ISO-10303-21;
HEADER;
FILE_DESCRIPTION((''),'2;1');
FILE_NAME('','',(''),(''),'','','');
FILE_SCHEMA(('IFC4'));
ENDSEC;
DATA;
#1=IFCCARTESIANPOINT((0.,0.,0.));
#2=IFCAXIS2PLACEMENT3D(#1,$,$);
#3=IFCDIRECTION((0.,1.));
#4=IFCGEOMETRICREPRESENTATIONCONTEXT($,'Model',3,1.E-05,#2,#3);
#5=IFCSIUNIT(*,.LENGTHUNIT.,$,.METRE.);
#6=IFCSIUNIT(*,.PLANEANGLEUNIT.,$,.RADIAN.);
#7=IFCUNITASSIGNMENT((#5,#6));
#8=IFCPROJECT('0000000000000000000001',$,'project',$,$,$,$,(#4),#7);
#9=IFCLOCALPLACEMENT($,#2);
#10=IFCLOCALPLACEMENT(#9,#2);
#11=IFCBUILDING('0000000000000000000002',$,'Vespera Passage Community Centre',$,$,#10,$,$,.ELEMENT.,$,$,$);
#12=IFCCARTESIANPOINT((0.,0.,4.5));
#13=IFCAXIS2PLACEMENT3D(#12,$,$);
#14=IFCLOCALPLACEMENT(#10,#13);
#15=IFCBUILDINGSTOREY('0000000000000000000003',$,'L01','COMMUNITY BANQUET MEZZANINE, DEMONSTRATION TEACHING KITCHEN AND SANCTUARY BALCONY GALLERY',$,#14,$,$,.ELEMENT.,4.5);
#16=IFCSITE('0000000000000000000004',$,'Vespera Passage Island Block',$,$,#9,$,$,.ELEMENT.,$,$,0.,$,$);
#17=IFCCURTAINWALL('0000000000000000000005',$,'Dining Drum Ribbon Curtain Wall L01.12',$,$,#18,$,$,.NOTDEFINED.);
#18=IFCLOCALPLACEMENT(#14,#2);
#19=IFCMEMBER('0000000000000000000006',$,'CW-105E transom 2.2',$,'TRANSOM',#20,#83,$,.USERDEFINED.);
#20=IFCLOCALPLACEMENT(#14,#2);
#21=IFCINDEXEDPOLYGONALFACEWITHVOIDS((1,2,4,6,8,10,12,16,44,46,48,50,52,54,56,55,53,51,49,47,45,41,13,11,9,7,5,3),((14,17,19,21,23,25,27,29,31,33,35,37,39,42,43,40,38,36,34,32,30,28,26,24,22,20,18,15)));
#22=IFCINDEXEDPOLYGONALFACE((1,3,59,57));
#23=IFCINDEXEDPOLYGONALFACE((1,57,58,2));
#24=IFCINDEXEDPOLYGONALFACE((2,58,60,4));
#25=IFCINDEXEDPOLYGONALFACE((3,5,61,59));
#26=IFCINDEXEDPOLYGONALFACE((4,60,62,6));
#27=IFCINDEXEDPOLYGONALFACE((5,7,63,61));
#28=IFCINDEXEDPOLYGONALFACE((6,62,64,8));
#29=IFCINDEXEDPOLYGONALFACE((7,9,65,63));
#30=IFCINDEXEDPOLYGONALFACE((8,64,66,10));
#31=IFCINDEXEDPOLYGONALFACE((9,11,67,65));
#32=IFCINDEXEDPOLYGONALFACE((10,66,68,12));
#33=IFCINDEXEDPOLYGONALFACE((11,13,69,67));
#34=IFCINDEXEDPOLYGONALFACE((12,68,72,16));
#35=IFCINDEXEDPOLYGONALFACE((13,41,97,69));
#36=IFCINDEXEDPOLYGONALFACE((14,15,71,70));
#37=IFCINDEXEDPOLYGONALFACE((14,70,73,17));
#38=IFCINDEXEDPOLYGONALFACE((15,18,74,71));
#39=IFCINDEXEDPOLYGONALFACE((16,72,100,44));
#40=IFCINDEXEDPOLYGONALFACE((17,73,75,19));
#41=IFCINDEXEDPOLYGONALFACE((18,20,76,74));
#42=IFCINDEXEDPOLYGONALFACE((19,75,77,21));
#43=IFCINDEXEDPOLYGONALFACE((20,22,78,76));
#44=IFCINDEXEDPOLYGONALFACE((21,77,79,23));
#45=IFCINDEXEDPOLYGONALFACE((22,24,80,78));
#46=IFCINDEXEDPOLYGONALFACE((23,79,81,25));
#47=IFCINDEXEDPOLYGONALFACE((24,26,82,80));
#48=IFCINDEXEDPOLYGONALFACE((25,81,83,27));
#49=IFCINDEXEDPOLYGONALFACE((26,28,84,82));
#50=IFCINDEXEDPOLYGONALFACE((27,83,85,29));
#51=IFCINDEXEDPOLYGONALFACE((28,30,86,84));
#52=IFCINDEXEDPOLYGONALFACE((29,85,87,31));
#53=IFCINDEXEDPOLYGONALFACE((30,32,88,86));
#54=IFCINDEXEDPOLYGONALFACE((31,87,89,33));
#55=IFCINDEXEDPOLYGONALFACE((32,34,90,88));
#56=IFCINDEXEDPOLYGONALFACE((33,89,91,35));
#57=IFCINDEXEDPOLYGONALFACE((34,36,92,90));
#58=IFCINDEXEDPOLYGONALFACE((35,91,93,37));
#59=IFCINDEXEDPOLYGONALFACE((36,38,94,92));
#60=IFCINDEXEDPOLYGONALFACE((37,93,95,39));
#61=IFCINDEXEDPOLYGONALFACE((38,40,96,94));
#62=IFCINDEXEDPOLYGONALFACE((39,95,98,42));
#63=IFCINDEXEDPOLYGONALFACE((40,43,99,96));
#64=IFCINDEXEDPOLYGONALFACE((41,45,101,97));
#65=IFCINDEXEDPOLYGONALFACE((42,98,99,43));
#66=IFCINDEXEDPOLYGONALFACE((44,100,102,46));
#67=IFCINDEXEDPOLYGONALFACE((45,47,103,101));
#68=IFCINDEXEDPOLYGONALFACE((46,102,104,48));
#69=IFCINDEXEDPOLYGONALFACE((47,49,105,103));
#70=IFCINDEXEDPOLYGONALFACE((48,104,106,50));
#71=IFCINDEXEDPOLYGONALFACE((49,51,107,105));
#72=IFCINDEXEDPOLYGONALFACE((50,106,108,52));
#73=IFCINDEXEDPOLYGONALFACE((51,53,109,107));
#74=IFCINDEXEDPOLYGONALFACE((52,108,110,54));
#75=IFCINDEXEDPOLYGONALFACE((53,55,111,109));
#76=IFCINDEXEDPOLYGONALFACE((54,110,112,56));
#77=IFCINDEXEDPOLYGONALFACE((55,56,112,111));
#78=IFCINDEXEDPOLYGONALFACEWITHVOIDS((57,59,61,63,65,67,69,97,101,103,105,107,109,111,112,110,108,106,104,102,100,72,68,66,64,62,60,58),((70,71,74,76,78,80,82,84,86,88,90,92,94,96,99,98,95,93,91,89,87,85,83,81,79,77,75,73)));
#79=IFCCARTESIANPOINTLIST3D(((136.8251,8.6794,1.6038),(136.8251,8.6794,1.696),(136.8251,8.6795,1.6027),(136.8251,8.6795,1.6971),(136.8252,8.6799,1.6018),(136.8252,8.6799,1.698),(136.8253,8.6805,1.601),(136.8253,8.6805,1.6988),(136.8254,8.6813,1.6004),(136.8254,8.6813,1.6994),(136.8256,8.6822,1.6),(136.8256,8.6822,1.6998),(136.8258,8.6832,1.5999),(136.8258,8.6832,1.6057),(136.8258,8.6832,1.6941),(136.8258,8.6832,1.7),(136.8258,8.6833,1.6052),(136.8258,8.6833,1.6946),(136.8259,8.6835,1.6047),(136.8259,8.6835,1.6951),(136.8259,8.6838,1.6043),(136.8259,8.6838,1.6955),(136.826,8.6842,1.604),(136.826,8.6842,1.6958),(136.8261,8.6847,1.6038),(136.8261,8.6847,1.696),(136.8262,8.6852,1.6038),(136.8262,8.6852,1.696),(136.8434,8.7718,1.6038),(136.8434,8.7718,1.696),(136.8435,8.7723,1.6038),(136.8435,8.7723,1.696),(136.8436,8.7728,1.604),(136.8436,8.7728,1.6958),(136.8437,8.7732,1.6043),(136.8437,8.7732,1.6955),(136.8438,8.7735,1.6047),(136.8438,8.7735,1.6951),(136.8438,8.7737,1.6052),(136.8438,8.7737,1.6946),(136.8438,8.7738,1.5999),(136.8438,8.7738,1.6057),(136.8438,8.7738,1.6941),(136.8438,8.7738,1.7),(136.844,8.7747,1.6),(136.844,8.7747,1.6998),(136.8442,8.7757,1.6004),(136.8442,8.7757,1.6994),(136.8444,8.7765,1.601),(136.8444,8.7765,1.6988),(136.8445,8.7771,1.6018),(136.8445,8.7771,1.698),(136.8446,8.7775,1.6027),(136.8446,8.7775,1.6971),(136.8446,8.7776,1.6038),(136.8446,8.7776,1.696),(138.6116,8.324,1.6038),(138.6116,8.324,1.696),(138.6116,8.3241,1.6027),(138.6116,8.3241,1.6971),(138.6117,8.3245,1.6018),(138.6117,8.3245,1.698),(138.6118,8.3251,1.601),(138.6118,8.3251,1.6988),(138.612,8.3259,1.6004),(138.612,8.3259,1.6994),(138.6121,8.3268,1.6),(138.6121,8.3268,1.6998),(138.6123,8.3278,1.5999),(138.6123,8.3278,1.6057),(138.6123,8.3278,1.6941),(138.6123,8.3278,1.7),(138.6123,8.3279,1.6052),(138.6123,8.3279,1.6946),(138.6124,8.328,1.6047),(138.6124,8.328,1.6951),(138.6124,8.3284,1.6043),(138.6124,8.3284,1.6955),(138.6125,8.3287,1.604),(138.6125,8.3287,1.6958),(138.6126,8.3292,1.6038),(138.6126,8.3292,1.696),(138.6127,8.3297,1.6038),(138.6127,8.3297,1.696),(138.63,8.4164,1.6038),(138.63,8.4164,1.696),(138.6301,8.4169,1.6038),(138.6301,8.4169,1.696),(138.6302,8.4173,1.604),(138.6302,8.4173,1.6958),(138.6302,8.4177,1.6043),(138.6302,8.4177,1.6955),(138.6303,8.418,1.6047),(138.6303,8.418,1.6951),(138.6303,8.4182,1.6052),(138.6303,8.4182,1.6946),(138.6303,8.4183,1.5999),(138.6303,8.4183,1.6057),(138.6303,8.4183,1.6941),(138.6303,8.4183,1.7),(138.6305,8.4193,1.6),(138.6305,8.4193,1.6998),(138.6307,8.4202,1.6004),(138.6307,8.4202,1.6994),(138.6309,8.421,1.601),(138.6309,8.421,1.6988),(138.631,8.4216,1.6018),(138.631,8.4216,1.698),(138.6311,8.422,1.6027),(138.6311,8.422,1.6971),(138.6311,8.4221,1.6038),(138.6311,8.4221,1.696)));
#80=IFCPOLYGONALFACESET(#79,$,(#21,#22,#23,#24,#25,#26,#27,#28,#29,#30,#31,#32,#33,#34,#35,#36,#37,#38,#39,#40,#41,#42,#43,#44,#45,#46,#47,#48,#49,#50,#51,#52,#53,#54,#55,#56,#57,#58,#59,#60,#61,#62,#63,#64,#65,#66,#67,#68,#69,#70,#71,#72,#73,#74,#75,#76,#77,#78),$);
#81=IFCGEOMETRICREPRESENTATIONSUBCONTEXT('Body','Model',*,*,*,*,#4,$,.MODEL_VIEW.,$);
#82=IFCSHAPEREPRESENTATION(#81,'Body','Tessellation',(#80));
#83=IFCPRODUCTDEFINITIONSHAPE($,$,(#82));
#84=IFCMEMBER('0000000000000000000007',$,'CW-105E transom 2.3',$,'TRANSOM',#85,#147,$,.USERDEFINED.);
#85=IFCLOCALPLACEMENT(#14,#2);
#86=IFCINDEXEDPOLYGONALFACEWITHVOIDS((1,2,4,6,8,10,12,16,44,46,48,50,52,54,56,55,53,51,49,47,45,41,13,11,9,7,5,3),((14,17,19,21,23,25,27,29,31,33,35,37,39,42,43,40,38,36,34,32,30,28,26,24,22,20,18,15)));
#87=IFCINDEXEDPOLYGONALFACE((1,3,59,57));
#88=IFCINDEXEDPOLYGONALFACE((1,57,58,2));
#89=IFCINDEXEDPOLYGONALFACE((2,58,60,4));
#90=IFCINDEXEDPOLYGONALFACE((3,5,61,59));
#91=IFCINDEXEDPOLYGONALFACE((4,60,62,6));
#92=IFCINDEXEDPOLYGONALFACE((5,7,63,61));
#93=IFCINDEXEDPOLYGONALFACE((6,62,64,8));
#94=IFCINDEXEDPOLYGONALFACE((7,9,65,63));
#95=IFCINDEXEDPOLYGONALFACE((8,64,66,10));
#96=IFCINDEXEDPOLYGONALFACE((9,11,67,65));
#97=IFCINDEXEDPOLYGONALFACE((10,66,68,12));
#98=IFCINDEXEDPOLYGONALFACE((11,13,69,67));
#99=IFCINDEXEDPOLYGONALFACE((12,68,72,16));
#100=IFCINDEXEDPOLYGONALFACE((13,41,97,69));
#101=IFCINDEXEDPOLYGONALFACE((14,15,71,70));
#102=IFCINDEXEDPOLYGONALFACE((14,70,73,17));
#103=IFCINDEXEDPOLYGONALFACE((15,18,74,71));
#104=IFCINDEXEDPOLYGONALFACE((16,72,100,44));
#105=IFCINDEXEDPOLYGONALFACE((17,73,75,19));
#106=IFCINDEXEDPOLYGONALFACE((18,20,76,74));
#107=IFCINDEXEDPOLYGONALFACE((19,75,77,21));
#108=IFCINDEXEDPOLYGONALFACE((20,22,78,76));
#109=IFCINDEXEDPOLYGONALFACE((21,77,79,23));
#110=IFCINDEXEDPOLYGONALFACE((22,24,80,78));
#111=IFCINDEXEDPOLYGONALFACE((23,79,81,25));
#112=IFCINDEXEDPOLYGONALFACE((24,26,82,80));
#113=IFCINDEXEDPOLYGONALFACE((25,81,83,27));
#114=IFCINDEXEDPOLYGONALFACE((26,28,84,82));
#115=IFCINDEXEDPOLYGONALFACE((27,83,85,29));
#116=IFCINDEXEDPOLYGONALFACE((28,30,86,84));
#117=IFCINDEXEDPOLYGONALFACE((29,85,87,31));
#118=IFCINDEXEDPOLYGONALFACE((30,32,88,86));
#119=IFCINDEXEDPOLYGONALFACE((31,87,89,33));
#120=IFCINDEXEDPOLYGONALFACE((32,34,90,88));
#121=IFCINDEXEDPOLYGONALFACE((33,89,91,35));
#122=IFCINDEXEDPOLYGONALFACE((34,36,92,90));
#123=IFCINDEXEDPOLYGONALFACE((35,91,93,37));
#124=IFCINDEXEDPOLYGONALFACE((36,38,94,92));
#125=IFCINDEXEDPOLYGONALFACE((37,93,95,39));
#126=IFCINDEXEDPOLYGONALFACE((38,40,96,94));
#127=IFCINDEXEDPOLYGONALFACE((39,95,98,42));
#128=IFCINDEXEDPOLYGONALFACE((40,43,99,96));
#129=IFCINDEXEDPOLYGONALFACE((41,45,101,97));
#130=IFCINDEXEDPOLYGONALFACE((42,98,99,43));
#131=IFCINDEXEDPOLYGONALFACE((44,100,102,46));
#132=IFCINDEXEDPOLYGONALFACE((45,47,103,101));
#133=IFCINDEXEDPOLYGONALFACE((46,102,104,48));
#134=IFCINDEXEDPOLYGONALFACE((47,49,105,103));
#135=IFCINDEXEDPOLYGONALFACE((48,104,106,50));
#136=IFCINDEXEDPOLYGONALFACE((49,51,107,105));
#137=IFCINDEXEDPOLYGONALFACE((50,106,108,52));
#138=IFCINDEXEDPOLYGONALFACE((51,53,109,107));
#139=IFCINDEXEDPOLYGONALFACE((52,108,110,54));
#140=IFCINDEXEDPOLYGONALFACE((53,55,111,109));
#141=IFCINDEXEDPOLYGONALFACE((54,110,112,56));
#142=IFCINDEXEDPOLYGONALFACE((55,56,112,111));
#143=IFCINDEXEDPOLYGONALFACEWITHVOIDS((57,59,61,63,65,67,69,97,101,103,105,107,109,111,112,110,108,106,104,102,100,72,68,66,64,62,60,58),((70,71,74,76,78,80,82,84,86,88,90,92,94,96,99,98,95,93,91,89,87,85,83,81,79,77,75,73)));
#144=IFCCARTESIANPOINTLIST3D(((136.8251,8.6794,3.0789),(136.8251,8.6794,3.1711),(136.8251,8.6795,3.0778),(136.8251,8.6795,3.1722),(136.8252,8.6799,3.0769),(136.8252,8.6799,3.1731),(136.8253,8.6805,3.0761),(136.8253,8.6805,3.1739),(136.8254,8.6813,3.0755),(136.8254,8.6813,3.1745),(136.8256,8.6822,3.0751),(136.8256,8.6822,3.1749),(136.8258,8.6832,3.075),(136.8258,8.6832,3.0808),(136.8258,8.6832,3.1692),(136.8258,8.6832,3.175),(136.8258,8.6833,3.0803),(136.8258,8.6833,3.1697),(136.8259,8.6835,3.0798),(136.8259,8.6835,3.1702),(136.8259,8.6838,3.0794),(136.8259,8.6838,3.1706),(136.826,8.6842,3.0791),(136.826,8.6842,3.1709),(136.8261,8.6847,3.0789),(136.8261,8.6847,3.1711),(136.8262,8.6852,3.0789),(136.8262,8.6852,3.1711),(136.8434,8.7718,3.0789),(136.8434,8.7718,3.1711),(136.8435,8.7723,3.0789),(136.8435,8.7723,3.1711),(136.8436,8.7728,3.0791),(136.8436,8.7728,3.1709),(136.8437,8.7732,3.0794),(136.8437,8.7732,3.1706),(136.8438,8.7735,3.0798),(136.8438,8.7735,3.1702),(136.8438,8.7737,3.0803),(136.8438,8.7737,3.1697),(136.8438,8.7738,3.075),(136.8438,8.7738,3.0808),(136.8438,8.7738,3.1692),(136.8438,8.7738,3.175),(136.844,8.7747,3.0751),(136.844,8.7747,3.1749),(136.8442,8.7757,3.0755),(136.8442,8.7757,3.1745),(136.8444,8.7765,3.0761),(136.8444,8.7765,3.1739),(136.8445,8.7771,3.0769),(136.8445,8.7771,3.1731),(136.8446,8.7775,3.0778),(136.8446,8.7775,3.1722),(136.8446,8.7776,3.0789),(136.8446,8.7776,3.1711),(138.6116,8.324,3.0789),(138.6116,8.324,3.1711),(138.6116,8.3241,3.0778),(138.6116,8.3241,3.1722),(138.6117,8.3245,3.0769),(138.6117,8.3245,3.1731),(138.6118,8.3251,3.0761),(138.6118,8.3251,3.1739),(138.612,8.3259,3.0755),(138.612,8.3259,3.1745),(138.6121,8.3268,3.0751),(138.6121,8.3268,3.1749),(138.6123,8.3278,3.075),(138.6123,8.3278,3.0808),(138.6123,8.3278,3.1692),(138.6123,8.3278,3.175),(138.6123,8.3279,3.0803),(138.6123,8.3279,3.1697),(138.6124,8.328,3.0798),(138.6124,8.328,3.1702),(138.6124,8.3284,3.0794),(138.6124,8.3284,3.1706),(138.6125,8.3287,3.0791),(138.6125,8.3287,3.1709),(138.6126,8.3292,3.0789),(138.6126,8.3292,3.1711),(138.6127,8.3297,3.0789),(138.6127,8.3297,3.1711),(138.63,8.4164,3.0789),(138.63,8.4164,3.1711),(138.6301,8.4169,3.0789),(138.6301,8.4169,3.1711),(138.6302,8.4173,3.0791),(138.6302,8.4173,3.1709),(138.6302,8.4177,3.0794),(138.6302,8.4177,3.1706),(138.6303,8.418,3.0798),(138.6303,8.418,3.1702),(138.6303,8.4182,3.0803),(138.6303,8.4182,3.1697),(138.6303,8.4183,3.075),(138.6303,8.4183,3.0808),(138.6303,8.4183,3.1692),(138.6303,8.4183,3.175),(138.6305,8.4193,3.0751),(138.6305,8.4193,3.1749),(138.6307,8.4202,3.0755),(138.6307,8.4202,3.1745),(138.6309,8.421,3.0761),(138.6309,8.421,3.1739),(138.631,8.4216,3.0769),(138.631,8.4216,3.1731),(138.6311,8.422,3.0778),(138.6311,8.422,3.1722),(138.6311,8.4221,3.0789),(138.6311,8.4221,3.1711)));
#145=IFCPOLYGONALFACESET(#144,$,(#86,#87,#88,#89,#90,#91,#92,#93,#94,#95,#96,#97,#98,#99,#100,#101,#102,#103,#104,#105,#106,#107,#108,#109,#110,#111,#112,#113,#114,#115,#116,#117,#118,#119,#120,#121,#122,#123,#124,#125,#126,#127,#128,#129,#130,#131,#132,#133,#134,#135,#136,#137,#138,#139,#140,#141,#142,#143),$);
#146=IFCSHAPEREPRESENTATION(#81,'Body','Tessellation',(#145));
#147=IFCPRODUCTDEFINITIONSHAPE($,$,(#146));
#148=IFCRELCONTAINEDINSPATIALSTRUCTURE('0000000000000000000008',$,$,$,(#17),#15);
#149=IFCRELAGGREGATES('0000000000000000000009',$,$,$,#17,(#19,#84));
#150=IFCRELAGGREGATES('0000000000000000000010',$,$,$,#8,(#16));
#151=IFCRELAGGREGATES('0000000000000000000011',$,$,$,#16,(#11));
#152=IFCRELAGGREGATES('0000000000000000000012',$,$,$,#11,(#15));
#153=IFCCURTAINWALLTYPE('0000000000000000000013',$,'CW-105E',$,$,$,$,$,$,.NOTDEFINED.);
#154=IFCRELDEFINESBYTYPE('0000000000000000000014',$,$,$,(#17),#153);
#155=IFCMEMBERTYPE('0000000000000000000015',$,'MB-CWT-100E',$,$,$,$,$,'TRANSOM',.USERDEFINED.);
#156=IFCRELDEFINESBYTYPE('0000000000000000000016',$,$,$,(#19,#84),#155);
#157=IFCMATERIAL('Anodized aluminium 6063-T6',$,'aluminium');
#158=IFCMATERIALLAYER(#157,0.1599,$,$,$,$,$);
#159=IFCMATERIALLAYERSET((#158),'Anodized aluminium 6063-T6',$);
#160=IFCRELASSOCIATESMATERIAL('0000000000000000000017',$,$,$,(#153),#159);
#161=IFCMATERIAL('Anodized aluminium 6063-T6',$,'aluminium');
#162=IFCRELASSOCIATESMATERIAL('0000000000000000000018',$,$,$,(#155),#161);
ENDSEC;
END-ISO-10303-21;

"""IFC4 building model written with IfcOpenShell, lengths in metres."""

from ifc_helpers import new_model, si_unit, direction, frame, origin, origin_2d, place, context, subcontext, project, spatial, hollow_rectangle, extrude, material, layer, layer_set, material_profile, profile_set, type_object, element, aggregate, save


model = new_model("IFC4")

# Units and contexts
model_context = context("Model", 3, precision=1e-05, world=origin(), true_north=direction((0.0, 1.0)))
body_context = subcontext(model_context, "Body", "Model", "MODEL_VIEW")
ifc_project = project(units=[si_unit("LENGTHUNIT", "METRE"), si_unit("PLANEANGLEUNIT", "RADIAN")], contexts=[model_context])

# Site, building, storey
site_placement = place(None, origin())
site = spatial("IfcSite", under=ifc_project, at=site_placement, Name="Vespera Passage Island Block", CompositionType="ELEMENT", RefElevation=0.0)
building_placement = place(site_placement, origin())
building = spatial("IfcBuilding", under=site, at=building_placement, Name="Vespera Passage Community Centre", CompositionType="ELEMENT")
storey_placement = place(building_placement, frame((0.0, 0.0, 4.5)))
storey = spatial("IfcBuildingStorey", under=building, at=storey_placement, Name="L01", Description="COMMUNITY BANQUET MEZZANINE, DEMONSTRATION TEACHING KITCHEN AND SANCTUARY BALCONY GALLERY", CompositionType="ELEMENT", Elevation=4.5)

# Curtain wall, members
ifc_material_1 = material(Name="Anodized aluminium 6063-T6", Category="aluminium")
ifc_layer_1 = layer(ifc_material_1, 0.1599)
ifc_layer_set_1 = layer_set([ifc_layer_1], Name="Anodized aluminium 6063-T6")
curtain_wall_type = type_object("IfcCurtainWallType", Name="CW-105E", PredefinedType="NOTDEFINED", material=ifc_layer_set_1)
curtain_wall_placement = place(storey_placement, origin())
curtain_wall = element("IfcCurtainWall", 1, at=curtain_wall_placement, inside=storey, type_object=curtain_wall_type, Name="Dining Drum Ribbon Curtain Wall L01.12", PredefinedType="NOTDEFINED")
ifc_material_2 = material(Name="Anodized aluminium 6063-T6", Category="aluminium")
ifc_material_profile_1 = material_profile(ifc_material_2, hollow_rectangle(XDim=0.1001, YDim=0.1001, WallThickness=0.0039, InnerFilletRadius=0.002, OuterFilletRadius=0.0039, at=origin_2d()), Name="ALU100X100X4")
ifc_profile_set_1 = profile_set([ifc_material_profile_1], Name="Anodized aluminium 6063-T6")
member_type_1 = type_object("IfcMemberType", Name="MB-CWT-100E", ElementType="TRANSOM", PredefinedType="USERDEFINED", material=ifc_profile_set_1)
member_1_placement = place(storey_placement, frame((138.6213, 8.373, 1.6499), z_axis=(-0.980776, 0.195137, 0.0), x_axis=(-0.195137, -0.980776, 0.0)))
member_1 = element("IfcMember", 2, at=member_1_placement, type_object=member_type_1, Name="CW-105E transom 2.2", ObjectType="TRANSOM", PredefinedType="USERDEFINED", context=body_context, shape_type="SweptSolid", body=[
    extrude(hollow_rectangle(XDim=0.1001, YDim=0.1001, WallThickness=0.0039, InnerFilletRadius=0.002, OuterFilletRadius=0.0039, at=origin_2d()), origin(), (0.0, 0.0, 1.0), 1.8215),
])
member_2_placement = place(storey_placement, frame((138.6213, 8.373, 3.125), z_axis=(-0.980776, 0.195137, 0.0), x_axis=(-0.195137, -0.980776, 0.0)))
member_2 = element("IfcMember", 3, at=member_2_placement, type_object=member_type_1, Name="CW-105E transom 2.3", ObjectType="TRANSOM", PredefinedType="USERDEFINED", context=body_context, shape_type="SweptSolid", body=[
    extrude(hollow_rectangle(XDim=0.1001, YDim=0.1001, WallThickness=0.0039, InnerFilletRadius=0.002, OuterFilletRadius=0.0039, at=origin_2d()), origin(), (0.0, 0.0, 1.0), 1.8215),
])
aggregate(curtain_wall, [member_1, member_2])

save(model, "model.ifc")
